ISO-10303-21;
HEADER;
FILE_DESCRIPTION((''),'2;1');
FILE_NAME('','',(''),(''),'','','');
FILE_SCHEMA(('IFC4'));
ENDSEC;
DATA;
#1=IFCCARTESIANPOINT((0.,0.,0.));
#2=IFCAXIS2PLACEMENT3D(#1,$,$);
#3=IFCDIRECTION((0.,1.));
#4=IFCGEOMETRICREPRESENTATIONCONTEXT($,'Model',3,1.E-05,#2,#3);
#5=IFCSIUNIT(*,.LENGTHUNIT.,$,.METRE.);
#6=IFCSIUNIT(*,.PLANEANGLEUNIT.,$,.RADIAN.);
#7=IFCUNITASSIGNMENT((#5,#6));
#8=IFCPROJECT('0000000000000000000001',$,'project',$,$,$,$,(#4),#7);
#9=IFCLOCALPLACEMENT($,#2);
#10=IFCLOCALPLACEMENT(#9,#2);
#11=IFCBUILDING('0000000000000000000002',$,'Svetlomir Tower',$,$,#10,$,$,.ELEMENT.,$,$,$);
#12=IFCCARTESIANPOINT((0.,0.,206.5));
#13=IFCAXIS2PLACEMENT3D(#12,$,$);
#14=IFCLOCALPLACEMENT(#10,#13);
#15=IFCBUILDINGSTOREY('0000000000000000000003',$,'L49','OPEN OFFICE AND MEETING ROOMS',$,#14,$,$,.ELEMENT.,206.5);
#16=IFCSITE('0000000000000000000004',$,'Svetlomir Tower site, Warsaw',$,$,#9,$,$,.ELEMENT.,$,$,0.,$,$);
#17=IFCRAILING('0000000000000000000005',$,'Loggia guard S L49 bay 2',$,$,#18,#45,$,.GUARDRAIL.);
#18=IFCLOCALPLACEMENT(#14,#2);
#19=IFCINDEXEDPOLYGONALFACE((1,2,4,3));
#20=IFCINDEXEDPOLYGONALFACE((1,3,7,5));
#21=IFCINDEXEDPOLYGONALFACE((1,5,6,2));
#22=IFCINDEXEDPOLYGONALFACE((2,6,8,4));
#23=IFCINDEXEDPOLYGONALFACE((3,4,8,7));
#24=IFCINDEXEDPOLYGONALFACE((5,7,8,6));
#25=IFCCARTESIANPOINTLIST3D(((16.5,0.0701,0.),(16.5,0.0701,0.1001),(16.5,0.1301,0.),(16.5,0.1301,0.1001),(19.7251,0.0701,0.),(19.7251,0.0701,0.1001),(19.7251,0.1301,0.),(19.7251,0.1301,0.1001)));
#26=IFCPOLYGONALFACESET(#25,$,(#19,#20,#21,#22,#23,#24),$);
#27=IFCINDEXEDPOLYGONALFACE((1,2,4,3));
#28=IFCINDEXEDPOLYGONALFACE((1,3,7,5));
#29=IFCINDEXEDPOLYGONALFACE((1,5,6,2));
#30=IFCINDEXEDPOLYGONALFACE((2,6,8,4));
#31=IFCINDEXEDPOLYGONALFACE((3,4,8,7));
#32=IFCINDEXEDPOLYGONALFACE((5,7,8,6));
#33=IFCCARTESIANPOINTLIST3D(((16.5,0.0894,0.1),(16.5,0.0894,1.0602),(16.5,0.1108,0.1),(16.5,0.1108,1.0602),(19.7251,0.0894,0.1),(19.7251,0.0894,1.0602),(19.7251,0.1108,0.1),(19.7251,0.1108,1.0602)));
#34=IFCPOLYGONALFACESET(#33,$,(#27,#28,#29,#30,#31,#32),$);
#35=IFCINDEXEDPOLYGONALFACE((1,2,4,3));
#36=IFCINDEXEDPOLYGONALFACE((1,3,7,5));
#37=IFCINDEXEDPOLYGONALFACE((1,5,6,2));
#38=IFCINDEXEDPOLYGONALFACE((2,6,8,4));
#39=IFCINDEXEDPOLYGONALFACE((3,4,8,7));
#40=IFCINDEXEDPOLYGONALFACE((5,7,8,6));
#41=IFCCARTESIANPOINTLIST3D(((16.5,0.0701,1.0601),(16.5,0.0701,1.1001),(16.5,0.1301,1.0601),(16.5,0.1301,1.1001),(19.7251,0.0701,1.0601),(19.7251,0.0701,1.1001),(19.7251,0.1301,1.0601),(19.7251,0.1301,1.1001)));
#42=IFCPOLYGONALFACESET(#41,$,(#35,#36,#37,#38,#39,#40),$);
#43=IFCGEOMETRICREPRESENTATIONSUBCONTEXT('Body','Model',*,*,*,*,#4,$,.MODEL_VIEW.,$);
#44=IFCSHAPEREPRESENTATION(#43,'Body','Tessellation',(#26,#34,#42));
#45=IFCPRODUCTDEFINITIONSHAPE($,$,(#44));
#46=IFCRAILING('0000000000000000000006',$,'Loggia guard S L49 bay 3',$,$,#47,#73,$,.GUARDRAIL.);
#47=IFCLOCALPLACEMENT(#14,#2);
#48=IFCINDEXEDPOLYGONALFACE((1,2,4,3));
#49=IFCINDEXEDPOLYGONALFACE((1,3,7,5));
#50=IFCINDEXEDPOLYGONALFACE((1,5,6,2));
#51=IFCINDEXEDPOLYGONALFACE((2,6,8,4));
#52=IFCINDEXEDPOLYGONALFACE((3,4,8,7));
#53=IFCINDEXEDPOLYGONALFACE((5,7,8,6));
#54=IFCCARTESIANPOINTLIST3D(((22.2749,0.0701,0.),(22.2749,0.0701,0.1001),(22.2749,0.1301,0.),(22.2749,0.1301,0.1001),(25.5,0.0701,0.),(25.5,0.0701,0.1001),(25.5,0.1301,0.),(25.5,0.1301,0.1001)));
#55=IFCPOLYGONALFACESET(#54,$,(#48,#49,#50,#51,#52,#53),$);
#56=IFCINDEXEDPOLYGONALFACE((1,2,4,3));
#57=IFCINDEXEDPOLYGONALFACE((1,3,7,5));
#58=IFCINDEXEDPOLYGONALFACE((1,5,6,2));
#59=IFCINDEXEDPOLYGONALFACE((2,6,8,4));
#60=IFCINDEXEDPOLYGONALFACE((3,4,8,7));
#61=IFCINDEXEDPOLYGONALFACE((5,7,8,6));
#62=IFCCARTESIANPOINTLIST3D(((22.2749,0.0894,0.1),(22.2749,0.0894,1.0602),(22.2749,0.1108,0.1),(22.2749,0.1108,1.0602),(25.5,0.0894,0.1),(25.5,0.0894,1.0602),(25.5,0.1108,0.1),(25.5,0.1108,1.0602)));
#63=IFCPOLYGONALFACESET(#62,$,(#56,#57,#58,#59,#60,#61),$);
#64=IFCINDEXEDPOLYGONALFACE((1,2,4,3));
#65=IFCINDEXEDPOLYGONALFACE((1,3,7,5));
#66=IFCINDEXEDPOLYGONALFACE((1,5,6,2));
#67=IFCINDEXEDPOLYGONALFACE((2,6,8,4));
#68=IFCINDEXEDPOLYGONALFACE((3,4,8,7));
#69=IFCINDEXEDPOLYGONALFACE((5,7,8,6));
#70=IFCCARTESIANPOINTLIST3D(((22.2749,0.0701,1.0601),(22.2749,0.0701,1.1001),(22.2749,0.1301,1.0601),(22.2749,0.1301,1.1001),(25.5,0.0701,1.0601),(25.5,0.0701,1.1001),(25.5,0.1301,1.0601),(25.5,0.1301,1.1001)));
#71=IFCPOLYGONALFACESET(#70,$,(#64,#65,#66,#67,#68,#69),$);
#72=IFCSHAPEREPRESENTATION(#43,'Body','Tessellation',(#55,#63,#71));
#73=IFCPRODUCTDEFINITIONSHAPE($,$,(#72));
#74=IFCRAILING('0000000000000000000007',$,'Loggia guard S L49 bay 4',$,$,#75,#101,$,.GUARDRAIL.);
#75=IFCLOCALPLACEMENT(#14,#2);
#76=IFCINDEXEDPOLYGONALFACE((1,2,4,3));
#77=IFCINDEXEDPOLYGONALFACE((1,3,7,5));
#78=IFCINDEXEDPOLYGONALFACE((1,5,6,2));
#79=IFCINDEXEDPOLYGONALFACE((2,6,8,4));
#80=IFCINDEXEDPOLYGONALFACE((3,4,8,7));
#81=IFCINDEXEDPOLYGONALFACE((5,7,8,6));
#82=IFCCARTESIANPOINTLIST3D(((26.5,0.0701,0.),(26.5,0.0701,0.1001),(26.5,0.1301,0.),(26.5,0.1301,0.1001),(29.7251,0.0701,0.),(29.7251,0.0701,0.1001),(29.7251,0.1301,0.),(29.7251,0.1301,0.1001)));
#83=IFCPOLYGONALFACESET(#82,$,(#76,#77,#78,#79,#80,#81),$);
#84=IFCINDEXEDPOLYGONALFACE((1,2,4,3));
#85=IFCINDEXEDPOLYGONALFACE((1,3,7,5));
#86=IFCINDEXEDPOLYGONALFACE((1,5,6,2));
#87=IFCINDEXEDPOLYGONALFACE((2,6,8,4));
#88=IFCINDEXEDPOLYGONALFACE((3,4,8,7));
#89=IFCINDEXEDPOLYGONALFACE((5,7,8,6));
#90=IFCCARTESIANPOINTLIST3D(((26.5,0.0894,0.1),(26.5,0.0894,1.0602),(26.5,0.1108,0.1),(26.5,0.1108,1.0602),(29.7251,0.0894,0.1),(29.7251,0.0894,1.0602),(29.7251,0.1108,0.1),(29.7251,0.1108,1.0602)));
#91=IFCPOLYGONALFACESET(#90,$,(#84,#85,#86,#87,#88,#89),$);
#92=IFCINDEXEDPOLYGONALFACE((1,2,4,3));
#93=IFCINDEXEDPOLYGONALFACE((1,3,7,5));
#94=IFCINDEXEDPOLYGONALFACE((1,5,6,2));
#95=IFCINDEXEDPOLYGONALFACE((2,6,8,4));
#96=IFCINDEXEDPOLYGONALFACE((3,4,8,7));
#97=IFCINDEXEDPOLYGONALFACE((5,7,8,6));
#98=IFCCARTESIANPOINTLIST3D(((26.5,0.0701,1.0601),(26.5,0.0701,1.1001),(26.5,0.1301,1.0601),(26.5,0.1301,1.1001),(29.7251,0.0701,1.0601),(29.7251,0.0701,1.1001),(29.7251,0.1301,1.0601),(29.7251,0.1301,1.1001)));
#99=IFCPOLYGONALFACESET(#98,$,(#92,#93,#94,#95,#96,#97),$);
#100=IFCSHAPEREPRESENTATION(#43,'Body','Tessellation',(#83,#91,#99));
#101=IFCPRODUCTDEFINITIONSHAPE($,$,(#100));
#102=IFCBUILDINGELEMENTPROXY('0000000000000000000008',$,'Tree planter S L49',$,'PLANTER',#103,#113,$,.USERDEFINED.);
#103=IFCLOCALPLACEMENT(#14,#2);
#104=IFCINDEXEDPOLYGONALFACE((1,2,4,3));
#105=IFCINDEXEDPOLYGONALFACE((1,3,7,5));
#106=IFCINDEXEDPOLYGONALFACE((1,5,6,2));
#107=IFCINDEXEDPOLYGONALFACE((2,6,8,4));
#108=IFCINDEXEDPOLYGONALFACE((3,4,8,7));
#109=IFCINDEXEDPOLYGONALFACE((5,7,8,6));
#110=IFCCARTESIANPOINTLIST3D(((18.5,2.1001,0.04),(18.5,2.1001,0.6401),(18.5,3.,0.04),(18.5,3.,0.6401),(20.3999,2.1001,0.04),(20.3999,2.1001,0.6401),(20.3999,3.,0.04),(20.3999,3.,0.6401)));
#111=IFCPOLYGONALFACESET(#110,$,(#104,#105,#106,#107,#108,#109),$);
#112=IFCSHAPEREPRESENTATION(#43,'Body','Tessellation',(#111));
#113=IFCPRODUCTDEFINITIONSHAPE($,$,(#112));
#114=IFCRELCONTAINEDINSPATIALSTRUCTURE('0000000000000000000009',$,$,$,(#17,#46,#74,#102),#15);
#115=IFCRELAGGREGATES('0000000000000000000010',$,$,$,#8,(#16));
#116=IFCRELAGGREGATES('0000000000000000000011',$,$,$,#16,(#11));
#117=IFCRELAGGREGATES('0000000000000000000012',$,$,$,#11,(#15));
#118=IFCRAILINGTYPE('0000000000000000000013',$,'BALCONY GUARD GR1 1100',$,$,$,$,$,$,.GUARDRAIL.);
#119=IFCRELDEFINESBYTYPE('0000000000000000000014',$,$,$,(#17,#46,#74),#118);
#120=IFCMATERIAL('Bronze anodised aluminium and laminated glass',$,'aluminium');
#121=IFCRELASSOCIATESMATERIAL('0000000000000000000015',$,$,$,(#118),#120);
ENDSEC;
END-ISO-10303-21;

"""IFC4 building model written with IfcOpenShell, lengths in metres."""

from ifc_helpers import new_model, si_unit, direction, frame, origin, origin_2d, place, context, subcontext, project, spatial, rectangle, extrude, material, type_object, element, save


model = new_model("IFC4")

# Units and contexts
model_context = context("Model", 3, precision=1e-05, world=origin(), true_north=direction((0.0, 1.0)))
body_context = subcontext(model_context, "Body", "Model", "MODEL_VIEW")
ifc_project = project(units=[si_unit("LENGTHUNIT", "METRE"), si_unit("PLANEANGLEUNIT", "RADIAN")], contexts=[model_context])

# Site, building, storey
site_placement = place(None, origin())
site = spatial("IfcSite", under=ifc_project, at=site_placement, Name="Svetlomir Tower site, Warsaw", CompositionType="ELEMENT", RefElevation=0.0)
building_placement = place(site_placement, origin())
building = spatial("IfcBuilding", under=site, at=building_placement, Name="Svetlomir Tower", CompositionType="ELEMENT")
storey_placement = place(building_placement, frame((0.0, 0.0, 206.5)))
storey = spatial("IfcBuildingStorey", under=building, at=storey_placement, Name="L49", Description="OPEN OFFICE AND MEETING ROOMS", CompositionType="ELEMENT", Elevation=206.5)

# Railings
ifc_material_1 = material(Name="Bronze anodised aluminium and laminated glass", Category="aluminium")
railing_type = type_object("IfcRailingType", Name="BALCONY GUARD GR1 1100", PredefinedType="GUARDRAIL", material=ifc_material_1)
for number, where, name in (
    (1, (16.5, 0.1001, 0.0), "Loggia guard S L49 bay 2"),
    (2, (22.2749, 0.1001, 0.0), "Loggia guard S L49 bay 3"),
    (3, (26.5, 0.1001, 0.0), "Loggia guard S L49 bay 4"),
):
    element("IfcRailing", number, at=place(storey_placement, frame(where)), inside=storey, type_object=railing_type, Name=name, PredefinedType="GUARDRAIL", context=body_context, shape_type="SweptSolid", body=[
        extrude(rectangle(XDim=0.0601, YDim=0.1001, at=origin_2d()), frame((0.0, 0.0, 0.05), z_axis=(1.0, 0.0, 0.0), x_axis=(0.0, 1.0, 0.0)), (0.0, 0.0, 1.0), 3.2251),
        extrude(rectangle(XDim=0.0215, YDim=0.9602, at=origin_2d()), frame((0.0, 0.0, 0.5801), z_axis=(1.0, 0.0, 0.0), x_axis=(0.0, 1.0, 0.0)), (0.0, 0.0, 1.0), 3.2251),
        extrude(rectangle(XDim=0.0601, YDim=0.04, at=origin_2d()), frame((0.0, 0.0, 1.0801), z_axis=(1.0, 0.0, 0.0), x_axis=(0.0, 1.0, 0.0)), (0.0, 0.0, 1.0), 3.2251),
    ])

# Building element proxy
proxy_placement = place(storey_placement, frame((19.45, 2.55, 0.04), z_axis=(0.0, 0.0, 1.0), x_axis=(1.0, 0.0, 0.0)))
element("IfcBuildingElementProxy", 4, at=proxy_placement, inside=storey, Name="Tree planter S L49", ObjectType="PLANTER", PredefinedType="USERDEFINED", context=body_context, shape_type="SweptSolid", body=[
    extrude(rectangle(XDim=1.8999, YDim=0.8999, at=origin_2d()), origin(), (0.0, 0.0, 1.0), 0.6001),
])

save(model, "model.ifc")
